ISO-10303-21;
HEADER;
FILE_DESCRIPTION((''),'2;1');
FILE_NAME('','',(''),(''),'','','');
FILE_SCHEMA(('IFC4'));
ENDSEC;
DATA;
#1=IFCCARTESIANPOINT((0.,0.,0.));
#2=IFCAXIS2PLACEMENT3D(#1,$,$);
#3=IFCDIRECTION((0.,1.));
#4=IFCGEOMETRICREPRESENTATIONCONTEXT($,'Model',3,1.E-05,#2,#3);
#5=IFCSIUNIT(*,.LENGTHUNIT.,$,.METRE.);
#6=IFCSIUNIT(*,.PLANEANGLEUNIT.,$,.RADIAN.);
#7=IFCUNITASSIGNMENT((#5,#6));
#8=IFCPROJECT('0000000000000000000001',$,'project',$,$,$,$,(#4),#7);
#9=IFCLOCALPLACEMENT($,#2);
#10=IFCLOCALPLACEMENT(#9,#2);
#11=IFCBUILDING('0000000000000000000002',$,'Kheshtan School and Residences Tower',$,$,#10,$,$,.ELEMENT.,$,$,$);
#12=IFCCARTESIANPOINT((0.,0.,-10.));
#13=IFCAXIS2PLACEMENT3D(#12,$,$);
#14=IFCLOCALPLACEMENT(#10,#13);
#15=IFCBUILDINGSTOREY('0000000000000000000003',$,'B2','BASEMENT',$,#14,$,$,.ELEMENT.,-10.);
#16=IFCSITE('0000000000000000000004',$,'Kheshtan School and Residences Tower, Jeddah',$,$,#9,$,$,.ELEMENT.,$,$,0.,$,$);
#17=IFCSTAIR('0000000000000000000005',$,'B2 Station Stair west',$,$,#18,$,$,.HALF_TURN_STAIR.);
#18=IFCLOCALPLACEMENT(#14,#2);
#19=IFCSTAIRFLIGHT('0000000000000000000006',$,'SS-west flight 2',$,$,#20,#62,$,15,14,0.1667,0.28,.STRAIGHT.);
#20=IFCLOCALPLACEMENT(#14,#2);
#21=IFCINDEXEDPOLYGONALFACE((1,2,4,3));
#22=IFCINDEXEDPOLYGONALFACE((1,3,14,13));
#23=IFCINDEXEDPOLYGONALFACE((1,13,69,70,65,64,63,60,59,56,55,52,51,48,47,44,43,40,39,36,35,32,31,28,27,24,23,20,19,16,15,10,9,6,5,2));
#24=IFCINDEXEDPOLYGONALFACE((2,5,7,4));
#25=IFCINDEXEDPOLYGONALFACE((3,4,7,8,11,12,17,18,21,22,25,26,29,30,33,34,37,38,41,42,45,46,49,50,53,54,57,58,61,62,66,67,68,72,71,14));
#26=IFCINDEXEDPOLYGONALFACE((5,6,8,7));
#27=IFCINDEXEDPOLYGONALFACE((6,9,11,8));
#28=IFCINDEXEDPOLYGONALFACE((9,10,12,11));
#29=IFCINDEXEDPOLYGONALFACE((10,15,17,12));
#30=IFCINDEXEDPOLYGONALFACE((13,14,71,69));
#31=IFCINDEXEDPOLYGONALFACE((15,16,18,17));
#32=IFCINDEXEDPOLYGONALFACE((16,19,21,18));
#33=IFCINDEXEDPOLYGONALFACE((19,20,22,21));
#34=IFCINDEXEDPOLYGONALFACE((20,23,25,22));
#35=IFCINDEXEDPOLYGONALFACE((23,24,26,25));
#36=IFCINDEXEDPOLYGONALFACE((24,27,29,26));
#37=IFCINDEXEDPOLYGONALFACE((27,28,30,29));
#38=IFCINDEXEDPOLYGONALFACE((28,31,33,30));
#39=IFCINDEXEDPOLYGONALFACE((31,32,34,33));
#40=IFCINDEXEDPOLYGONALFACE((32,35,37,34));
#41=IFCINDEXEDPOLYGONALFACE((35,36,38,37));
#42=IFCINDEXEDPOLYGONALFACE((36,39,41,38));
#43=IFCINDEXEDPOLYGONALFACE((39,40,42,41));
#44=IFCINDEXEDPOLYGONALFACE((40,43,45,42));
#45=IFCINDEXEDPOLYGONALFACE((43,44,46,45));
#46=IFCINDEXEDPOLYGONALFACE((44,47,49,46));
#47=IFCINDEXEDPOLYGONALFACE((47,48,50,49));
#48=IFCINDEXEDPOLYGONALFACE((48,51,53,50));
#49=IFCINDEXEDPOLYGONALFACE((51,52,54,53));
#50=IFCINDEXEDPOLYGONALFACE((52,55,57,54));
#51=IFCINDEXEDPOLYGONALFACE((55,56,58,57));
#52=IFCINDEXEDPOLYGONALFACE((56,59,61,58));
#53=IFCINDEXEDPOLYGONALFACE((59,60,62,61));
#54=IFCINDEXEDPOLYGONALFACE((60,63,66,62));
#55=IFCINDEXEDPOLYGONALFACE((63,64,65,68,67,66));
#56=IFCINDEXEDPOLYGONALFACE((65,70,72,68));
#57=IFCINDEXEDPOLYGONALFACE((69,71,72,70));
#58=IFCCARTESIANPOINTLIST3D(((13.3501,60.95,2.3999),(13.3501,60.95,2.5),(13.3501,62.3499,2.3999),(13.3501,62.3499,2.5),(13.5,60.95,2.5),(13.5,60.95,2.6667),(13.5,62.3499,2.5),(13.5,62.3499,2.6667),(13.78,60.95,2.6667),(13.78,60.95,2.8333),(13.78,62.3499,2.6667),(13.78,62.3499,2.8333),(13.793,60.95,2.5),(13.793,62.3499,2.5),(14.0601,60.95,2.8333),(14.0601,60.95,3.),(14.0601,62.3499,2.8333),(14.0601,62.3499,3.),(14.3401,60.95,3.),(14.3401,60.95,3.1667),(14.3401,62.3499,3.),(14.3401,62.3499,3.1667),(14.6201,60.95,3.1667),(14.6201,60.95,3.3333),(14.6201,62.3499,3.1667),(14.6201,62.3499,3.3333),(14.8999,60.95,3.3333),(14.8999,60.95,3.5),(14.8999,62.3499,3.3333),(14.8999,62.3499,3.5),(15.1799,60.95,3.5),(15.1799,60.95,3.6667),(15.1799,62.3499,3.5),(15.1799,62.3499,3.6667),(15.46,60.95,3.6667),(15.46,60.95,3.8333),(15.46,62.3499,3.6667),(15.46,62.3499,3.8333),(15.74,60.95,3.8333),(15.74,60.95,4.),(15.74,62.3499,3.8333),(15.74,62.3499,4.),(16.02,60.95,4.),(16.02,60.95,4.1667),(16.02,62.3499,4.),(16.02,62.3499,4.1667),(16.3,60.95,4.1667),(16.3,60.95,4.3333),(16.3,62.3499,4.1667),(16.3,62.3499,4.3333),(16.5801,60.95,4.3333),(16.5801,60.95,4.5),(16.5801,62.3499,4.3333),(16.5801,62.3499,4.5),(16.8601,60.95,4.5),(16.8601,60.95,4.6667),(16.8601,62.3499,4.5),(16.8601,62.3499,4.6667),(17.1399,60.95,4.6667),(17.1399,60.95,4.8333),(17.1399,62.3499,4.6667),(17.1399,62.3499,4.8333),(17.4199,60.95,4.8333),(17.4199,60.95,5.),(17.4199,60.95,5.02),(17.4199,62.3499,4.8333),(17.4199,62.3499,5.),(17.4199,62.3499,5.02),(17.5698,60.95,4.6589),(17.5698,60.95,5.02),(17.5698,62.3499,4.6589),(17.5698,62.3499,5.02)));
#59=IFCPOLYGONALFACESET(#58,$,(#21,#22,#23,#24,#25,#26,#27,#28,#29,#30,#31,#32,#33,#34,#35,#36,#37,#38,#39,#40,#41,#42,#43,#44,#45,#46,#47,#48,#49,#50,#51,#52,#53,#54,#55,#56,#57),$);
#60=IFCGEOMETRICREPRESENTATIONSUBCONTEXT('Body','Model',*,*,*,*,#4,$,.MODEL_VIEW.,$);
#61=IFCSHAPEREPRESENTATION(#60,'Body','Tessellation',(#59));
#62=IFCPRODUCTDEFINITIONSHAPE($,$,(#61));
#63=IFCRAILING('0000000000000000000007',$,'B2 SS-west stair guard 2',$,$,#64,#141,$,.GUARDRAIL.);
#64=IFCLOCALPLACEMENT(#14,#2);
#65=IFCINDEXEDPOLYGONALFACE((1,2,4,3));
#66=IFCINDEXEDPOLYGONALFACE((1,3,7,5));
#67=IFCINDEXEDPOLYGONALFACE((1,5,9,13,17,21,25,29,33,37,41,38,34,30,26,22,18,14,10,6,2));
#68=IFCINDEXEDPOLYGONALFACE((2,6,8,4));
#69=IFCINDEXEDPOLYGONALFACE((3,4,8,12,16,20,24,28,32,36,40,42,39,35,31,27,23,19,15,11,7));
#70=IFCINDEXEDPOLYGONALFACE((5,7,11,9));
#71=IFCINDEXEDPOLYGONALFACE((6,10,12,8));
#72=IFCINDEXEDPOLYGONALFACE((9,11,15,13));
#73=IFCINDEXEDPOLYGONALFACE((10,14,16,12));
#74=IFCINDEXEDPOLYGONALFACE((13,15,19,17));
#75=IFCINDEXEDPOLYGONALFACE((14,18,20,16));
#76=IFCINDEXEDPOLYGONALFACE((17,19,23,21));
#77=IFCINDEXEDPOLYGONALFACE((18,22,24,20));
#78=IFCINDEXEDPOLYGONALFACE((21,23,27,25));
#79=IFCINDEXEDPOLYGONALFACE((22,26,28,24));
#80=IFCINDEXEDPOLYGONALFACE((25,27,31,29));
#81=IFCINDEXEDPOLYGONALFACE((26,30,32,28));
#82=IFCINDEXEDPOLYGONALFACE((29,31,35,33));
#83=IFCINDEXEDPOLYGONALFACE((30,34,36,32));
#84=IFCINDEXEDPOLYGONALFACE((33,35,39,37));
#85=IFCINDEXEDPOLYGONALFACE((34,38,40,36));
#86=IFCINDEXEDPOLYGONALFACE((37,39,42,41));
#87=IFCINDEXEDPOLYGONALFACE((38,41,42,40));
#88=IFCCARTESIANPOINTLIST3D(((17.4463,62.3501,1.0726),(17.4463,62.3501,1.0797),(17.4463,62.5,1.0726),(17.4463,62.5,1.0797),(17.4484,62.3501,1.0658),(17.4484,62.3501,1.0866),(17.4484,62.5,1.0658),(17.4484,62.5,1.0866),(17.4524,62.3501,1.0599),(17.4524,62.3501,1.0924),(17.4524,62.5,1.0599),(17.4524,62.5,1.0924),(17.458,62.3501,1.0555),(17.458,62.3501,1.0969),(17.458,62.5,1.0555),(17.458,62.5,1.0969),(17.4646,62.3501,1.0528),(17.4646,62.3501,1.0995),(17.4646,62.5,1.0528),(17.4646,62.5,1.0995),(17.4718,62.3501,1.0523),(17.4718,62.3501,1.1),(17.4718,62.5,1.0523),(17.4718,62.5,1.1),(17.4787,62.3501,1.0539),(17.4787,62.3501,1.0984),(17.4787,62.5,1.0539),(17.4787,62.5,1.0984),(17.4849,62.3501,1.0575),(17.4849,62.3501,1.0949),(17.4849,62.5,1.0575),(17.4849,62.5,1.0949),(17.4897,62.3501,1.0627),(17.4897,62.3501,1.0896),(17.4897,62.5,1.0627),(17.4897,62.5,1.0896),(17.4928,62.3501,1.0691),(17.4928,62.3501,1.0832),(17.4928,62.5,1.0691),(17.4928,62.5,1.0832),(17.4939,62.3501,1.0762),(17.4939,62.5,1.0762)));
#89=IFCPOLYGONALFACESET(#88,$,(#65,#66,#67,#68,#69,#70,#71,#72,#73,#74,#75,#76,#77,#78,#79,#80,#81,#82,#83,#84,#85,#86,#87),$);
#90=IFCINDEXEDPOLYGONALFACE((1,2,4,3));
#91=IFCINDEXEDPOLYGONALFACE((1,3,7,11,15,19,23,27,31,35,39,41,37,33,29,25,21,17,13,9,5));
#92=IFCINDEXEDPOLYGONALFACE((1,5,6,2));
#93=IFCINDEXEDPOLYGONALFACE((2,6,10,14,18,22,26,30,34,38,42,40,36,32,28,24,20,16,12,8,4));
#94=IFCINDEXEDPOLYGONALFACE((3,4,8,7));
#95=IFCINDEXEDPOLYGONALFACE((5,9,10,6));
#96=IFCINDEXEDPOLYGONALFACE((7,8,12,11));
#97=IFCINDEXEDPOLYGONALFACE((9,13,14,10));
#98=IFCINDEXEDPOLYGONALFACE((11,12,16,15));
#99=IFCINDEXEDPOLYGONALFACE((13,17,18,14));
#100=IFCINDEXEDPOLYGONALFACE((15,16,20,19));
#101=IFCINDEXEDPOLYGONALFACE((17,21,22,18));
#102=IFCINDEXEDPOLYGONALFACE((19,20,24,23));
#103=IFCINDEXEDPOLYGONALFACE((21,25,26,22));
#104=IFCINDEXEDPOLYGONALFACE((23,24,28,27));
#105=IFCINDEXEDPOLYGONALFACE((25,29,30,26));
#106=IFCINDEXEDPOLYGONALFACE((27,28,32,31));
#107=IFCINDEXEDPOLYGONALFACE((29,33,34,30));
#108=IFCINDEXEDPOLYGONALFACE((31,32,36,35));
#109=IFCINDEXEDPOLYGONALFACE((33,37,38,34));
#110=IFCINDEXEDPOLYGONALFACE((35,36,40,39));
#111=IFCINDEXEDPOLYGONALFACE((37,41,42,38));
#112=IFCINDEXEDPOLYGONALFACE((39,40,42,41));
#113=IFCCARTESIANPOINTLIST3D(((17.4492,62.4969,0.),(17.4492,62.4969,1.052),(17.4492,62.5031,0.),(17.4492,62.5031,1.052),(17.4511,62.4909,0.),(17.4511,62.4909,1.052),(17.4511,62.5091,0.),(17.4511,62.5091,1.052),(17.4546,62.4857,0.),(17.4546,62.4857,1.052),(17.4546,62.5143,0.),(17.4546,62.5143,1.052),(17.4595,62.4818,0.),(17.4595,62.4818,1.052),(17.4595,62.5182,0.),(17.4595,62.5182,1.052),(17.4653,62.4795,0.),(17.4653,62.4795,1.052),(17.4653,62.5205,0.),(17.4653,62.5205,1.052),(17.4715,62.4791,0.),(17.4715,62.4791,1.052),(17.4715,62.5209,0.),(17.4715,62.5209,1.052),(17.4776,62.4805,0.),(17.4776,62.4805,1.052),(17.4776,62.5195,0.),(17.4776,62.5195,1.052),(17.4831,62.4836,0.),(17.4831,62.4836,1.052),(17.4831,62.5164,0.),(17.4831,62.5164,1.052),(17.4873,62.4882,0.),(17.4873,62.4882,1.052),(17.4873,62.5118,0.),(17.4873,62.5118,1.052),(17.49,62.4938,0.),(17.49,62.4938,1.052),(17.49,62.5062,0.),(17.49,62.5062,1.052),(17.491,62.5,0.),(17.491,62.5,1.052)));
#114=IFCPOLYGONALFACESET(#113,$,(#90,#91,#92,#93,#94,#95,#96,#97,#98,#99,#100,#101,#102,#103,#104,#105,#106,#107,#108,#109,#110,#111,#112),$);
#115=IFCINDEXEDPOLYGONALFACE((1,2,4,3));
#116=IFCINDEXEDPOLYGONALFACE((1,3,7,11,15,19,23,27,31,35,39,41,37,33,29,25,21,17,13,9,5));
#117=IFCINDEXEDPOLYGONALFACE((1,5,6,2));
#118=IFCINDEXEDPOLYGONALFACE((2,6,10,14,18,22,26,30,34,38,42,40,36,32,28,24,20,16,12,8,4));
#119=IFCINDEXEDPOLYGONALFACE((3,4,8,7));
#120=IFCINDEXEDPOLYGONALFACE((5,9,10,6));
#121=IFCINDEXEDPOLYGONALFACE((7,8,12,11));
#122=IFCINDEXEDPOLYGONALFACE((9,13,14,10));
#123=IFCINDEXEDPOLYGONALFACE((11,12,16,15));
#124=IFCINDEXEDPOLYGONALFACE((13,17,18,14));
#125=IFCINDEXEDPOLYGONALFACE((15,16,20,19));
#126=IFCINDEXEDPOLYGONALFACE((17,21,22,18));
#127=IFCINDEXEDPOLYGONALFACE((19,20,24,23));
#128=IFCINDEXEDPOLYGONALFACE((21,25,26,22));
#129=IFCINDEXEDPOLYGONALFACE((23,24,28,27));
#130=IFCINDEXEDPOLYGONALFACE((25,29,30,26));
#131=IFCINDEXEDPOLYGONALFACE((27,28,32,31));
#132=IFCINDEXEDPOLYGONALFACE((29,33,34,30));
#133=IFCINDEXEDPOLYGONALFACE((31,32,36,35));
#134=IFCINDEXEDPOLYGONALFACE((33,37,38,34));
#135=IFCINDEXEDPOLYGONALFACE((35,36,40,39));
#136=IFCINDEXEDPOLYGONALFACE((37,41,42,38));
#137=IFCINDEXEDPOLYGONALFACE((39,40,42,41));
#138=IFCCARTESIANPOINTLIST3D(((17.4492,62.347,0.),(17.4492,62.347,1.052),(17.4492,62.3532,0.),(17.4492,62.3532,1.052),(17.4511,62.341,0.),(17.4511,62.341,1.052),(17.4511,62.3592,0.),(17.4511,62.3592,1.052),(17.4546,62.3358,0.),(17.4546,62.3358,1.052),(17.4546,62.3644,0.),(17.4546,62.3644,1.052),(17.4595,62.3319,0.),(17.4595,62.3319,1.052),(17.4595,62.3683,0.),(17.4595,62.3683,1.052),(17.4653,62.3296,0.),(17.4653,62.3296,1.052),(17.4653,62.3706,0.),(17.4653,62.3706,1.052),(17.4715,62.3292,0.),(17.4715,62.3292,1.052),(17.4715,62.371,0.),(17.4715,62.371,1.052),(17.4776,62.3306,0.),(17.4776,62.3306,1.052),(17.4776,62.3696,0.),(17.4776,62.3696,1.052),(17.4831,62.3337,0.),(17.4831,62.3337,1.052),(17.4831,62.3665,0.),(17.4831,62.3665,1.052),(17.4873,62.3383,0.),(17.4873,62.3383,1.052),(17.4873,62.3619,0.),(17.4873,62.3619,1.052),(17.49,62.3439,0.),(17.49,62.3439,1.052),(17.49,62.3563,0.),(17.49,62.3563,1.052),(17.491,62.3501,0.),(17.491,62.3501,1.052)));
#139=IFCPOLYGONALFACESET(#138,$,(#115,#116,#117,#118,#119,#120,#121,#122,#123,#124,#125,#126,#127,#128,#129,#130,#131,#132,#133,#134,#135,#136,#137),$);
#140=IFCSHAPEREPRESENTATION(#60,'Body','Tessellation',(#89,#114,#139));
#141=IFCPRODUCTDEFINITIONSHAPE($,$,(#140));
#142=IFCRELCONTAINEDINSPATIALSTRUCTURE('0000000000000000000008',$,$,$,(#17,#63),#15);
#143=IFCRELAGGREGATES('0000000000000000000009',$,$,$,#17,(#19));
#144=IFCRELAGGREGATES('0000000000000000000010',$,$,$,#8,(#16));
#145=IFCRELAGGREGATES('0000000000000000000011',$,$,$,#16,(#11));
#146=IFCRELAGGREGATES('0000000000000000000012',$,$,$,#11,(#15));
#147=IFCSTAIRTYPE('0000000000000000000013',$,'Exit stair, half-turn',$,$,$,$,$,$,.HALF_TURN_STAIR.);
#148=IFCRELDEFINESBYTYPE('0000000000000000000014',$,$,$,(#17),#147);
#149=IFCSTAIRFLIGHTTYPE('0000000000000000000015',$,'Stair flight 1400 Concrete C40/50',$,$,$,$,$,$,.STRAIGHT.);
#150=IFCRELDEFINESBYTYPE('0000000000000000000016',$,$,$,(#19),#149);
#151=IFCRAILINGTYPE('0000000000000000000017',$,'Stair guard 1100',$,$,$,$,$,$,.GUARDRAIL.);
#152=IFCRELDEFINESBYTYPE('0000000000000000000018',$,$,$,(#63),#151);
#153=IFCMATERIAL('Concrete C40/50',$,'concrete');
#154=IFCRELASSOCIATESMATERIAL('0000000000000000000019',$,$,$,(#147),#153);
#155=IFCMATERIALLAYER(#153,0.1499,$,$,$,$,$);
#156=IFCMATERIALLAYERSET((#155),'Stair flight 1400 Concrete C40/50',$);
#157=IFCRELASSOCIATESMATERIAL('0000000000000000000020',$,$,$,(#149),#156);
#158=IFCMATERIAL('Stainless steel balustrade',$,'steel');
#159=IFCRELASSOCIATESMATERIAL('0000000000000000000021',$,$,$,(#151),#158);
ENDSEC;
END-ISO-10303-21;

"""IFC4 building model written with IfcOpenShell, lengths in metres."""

from ifc_helpers import new_model, si_unit, direction, frame, origin, origin_2d, place, context, subcontext, project, spatial, polyline, circle, outline, extrude, material, layer, layer_set, type_object, element, aggregate, save


model = new_model("IFC4")

# Units and contexts
model_context = context("Model", 3, precision=1e-05, world=origin(), true_north=direction((0.0, 1.0)))
body_context = subcontext(model_context, "Body", "Model", "MODEL_VIEW")
ifc_project = project(units=[si_unit("LENGTHUNIT", "METRE"), si_unit("PLANEANGLEUNIT", "RADIAN")], contexts=[model_context])

# Site, building, storey
site_placement = place(None, origin())
site = spatial("IfcSite", under=ifc_project, at=site_placement, Name="Kheshtan School and Residences Tower, Jeddah", CompositionType="ELEMENT", RefElevation=0.0)
building_placement = place(site_placement, origin())
building = spatial("IfcBuilding", under=site, at=building_placement, Name="Kheshtan School and Residences Tower", CompositionType="ELEMENT")
storey_placement = place(building_placement, frame((0.0, 0.0, -10.0)))
storey = spatial("IfcBuildingStorey", under=building, at=storey_placement, Name="B2", Description="BASEMENT", CompositionType="ELEMENT", Elevation=-10.0)

# Shared definitions
ifc_material_1 = material(Name="Concrete C40/50", Category="concrete")

# Stair, stair flight
stair_type = type_object("IfcStairType", Name="Exit stair, half-turn", PredefinedType="HALF_TURN_STAIR", material=ifc_material_1)
stair_placement = place(storey_placement, origin())
stair = element("IfcStair", 1, at=stair_placement, inside=storey, type_object=stair_type, Name="B2 Station Stair west", PredefinedType="HALF_TURN_STAIR")
ifc_layer_1 = layer(ifc_material_1, 0.1499)
ifc_layer_set_1 = layer_set([ifc_layer_1], Name="Stair flight 1400 Concrete C40/50")
stair_flight_type = type_object("IfcStairFlightType", Name="Stair flight 1400 Concrete C40/50", PredefinedType="STRAIGHT", material=ifc_layer_set_1)
stair_flight_1_placement = place(storey_placement, frame((13.5, 61.6499, 2.5), z_axis=(0.0, 0.0, 1.0), x_axis=(1.0, 0.0, 0.0)))
stair_flight_1 = element("IfcStairFlight", 2, at=stair_flight_1_placement, type_object=stair_flight_type, Name="SS-west flight 2", NumberOfRisers=15, NumberOfTreads=14, PredefinedType="STRAIGHT", RiserHeight=0.1667, TreadLength=0.28, context=body_context, shape_type="SweptSolid", body=[
    extrude(outline(polyline([(-0.1499, -0.1001), (-0.1499, 0.0), (0.0, 0.0), (0.0, 0.1667), (0.28, 0.1667), (0.28, 0.3333), (0.5601, 0.3333), (0.5601, 0.5), (0.8401, 0.5), (0.8401, 0.6667), (1.1201, 0.6667), (1.1201, 0.8333), (1.3999, 0.8333), (1.3999, 1.0), (1.6799, 1.0), (1.6799, 1.1667), (1.96, 1.1667), (1.96, 1.3333), (2.24, 1.3333), (2.24, 1.5), (2.52, 1.5), (2.52, 1.6667), (2.8, 1.6667), (2.8, 1.8333), (3.0801, 1.8333), (3.0801, 2.0), (3.3601, 2.0), (3.3601, 2.1667), (3.6399, 2.1667), (3.6399, 2.3333), (3.9199, 2.3333), (3.9199, 2.5), (3.9199, 2.52), (4.0698, 2.52), (4.0698, 2.1589), (0.293, 0.0), (-0.1499, -0.1001)])), frame((0.0, 0.7, 0.0), z_axis=(0.0, -1.0, 0.0), x_axis=(1.0, 0.0, 0.0)), (0.0, 0.0, 1.0), 1.3999),
])
aggregate(stair, [stair_flight_1])

# Railing
ifc_material_2 = material(Name="Stainless steel balustrade", Category="steel")
railing_type_1 = type_object("IfcRailingType", Name="Stair guard 1100", PredefinedType="GUARDRAIL", material=ifc_material_2)
railing_1_placement = place(storey_placement, frame((17.47, 62.5, 0.0)))
element("IfcRailing", 3, at=railing_1_placement, inside=storey, type_object=railing_type_1, Name="B2 SS-west stair guard 2", PredefinedType="GUARDRAIL", context=body_context, shape_type="SweptSolid", body=[
    extrude(circle(Radius=0.0239, at=origin_2d()), frame((0.0, 0.0, 1.0762), z_axis=(0.0, -1.0, 0.0), x_axis=(1.0, 0.0, 0.0)), (0.0, 0.0, 1.0), 0.1499),
    extrude(circle(Radius=0.021, at=origin_2d()), origin(), (0.0, 0.0, 1.0), 1.052),
    extrude(circle(Radius=0.021, at=origin_2d()), frame((0.0, -0.1499, 0.0)), (0.0, 0.0, 1.0), 1.052),
])

save(model, "model.ifc")
